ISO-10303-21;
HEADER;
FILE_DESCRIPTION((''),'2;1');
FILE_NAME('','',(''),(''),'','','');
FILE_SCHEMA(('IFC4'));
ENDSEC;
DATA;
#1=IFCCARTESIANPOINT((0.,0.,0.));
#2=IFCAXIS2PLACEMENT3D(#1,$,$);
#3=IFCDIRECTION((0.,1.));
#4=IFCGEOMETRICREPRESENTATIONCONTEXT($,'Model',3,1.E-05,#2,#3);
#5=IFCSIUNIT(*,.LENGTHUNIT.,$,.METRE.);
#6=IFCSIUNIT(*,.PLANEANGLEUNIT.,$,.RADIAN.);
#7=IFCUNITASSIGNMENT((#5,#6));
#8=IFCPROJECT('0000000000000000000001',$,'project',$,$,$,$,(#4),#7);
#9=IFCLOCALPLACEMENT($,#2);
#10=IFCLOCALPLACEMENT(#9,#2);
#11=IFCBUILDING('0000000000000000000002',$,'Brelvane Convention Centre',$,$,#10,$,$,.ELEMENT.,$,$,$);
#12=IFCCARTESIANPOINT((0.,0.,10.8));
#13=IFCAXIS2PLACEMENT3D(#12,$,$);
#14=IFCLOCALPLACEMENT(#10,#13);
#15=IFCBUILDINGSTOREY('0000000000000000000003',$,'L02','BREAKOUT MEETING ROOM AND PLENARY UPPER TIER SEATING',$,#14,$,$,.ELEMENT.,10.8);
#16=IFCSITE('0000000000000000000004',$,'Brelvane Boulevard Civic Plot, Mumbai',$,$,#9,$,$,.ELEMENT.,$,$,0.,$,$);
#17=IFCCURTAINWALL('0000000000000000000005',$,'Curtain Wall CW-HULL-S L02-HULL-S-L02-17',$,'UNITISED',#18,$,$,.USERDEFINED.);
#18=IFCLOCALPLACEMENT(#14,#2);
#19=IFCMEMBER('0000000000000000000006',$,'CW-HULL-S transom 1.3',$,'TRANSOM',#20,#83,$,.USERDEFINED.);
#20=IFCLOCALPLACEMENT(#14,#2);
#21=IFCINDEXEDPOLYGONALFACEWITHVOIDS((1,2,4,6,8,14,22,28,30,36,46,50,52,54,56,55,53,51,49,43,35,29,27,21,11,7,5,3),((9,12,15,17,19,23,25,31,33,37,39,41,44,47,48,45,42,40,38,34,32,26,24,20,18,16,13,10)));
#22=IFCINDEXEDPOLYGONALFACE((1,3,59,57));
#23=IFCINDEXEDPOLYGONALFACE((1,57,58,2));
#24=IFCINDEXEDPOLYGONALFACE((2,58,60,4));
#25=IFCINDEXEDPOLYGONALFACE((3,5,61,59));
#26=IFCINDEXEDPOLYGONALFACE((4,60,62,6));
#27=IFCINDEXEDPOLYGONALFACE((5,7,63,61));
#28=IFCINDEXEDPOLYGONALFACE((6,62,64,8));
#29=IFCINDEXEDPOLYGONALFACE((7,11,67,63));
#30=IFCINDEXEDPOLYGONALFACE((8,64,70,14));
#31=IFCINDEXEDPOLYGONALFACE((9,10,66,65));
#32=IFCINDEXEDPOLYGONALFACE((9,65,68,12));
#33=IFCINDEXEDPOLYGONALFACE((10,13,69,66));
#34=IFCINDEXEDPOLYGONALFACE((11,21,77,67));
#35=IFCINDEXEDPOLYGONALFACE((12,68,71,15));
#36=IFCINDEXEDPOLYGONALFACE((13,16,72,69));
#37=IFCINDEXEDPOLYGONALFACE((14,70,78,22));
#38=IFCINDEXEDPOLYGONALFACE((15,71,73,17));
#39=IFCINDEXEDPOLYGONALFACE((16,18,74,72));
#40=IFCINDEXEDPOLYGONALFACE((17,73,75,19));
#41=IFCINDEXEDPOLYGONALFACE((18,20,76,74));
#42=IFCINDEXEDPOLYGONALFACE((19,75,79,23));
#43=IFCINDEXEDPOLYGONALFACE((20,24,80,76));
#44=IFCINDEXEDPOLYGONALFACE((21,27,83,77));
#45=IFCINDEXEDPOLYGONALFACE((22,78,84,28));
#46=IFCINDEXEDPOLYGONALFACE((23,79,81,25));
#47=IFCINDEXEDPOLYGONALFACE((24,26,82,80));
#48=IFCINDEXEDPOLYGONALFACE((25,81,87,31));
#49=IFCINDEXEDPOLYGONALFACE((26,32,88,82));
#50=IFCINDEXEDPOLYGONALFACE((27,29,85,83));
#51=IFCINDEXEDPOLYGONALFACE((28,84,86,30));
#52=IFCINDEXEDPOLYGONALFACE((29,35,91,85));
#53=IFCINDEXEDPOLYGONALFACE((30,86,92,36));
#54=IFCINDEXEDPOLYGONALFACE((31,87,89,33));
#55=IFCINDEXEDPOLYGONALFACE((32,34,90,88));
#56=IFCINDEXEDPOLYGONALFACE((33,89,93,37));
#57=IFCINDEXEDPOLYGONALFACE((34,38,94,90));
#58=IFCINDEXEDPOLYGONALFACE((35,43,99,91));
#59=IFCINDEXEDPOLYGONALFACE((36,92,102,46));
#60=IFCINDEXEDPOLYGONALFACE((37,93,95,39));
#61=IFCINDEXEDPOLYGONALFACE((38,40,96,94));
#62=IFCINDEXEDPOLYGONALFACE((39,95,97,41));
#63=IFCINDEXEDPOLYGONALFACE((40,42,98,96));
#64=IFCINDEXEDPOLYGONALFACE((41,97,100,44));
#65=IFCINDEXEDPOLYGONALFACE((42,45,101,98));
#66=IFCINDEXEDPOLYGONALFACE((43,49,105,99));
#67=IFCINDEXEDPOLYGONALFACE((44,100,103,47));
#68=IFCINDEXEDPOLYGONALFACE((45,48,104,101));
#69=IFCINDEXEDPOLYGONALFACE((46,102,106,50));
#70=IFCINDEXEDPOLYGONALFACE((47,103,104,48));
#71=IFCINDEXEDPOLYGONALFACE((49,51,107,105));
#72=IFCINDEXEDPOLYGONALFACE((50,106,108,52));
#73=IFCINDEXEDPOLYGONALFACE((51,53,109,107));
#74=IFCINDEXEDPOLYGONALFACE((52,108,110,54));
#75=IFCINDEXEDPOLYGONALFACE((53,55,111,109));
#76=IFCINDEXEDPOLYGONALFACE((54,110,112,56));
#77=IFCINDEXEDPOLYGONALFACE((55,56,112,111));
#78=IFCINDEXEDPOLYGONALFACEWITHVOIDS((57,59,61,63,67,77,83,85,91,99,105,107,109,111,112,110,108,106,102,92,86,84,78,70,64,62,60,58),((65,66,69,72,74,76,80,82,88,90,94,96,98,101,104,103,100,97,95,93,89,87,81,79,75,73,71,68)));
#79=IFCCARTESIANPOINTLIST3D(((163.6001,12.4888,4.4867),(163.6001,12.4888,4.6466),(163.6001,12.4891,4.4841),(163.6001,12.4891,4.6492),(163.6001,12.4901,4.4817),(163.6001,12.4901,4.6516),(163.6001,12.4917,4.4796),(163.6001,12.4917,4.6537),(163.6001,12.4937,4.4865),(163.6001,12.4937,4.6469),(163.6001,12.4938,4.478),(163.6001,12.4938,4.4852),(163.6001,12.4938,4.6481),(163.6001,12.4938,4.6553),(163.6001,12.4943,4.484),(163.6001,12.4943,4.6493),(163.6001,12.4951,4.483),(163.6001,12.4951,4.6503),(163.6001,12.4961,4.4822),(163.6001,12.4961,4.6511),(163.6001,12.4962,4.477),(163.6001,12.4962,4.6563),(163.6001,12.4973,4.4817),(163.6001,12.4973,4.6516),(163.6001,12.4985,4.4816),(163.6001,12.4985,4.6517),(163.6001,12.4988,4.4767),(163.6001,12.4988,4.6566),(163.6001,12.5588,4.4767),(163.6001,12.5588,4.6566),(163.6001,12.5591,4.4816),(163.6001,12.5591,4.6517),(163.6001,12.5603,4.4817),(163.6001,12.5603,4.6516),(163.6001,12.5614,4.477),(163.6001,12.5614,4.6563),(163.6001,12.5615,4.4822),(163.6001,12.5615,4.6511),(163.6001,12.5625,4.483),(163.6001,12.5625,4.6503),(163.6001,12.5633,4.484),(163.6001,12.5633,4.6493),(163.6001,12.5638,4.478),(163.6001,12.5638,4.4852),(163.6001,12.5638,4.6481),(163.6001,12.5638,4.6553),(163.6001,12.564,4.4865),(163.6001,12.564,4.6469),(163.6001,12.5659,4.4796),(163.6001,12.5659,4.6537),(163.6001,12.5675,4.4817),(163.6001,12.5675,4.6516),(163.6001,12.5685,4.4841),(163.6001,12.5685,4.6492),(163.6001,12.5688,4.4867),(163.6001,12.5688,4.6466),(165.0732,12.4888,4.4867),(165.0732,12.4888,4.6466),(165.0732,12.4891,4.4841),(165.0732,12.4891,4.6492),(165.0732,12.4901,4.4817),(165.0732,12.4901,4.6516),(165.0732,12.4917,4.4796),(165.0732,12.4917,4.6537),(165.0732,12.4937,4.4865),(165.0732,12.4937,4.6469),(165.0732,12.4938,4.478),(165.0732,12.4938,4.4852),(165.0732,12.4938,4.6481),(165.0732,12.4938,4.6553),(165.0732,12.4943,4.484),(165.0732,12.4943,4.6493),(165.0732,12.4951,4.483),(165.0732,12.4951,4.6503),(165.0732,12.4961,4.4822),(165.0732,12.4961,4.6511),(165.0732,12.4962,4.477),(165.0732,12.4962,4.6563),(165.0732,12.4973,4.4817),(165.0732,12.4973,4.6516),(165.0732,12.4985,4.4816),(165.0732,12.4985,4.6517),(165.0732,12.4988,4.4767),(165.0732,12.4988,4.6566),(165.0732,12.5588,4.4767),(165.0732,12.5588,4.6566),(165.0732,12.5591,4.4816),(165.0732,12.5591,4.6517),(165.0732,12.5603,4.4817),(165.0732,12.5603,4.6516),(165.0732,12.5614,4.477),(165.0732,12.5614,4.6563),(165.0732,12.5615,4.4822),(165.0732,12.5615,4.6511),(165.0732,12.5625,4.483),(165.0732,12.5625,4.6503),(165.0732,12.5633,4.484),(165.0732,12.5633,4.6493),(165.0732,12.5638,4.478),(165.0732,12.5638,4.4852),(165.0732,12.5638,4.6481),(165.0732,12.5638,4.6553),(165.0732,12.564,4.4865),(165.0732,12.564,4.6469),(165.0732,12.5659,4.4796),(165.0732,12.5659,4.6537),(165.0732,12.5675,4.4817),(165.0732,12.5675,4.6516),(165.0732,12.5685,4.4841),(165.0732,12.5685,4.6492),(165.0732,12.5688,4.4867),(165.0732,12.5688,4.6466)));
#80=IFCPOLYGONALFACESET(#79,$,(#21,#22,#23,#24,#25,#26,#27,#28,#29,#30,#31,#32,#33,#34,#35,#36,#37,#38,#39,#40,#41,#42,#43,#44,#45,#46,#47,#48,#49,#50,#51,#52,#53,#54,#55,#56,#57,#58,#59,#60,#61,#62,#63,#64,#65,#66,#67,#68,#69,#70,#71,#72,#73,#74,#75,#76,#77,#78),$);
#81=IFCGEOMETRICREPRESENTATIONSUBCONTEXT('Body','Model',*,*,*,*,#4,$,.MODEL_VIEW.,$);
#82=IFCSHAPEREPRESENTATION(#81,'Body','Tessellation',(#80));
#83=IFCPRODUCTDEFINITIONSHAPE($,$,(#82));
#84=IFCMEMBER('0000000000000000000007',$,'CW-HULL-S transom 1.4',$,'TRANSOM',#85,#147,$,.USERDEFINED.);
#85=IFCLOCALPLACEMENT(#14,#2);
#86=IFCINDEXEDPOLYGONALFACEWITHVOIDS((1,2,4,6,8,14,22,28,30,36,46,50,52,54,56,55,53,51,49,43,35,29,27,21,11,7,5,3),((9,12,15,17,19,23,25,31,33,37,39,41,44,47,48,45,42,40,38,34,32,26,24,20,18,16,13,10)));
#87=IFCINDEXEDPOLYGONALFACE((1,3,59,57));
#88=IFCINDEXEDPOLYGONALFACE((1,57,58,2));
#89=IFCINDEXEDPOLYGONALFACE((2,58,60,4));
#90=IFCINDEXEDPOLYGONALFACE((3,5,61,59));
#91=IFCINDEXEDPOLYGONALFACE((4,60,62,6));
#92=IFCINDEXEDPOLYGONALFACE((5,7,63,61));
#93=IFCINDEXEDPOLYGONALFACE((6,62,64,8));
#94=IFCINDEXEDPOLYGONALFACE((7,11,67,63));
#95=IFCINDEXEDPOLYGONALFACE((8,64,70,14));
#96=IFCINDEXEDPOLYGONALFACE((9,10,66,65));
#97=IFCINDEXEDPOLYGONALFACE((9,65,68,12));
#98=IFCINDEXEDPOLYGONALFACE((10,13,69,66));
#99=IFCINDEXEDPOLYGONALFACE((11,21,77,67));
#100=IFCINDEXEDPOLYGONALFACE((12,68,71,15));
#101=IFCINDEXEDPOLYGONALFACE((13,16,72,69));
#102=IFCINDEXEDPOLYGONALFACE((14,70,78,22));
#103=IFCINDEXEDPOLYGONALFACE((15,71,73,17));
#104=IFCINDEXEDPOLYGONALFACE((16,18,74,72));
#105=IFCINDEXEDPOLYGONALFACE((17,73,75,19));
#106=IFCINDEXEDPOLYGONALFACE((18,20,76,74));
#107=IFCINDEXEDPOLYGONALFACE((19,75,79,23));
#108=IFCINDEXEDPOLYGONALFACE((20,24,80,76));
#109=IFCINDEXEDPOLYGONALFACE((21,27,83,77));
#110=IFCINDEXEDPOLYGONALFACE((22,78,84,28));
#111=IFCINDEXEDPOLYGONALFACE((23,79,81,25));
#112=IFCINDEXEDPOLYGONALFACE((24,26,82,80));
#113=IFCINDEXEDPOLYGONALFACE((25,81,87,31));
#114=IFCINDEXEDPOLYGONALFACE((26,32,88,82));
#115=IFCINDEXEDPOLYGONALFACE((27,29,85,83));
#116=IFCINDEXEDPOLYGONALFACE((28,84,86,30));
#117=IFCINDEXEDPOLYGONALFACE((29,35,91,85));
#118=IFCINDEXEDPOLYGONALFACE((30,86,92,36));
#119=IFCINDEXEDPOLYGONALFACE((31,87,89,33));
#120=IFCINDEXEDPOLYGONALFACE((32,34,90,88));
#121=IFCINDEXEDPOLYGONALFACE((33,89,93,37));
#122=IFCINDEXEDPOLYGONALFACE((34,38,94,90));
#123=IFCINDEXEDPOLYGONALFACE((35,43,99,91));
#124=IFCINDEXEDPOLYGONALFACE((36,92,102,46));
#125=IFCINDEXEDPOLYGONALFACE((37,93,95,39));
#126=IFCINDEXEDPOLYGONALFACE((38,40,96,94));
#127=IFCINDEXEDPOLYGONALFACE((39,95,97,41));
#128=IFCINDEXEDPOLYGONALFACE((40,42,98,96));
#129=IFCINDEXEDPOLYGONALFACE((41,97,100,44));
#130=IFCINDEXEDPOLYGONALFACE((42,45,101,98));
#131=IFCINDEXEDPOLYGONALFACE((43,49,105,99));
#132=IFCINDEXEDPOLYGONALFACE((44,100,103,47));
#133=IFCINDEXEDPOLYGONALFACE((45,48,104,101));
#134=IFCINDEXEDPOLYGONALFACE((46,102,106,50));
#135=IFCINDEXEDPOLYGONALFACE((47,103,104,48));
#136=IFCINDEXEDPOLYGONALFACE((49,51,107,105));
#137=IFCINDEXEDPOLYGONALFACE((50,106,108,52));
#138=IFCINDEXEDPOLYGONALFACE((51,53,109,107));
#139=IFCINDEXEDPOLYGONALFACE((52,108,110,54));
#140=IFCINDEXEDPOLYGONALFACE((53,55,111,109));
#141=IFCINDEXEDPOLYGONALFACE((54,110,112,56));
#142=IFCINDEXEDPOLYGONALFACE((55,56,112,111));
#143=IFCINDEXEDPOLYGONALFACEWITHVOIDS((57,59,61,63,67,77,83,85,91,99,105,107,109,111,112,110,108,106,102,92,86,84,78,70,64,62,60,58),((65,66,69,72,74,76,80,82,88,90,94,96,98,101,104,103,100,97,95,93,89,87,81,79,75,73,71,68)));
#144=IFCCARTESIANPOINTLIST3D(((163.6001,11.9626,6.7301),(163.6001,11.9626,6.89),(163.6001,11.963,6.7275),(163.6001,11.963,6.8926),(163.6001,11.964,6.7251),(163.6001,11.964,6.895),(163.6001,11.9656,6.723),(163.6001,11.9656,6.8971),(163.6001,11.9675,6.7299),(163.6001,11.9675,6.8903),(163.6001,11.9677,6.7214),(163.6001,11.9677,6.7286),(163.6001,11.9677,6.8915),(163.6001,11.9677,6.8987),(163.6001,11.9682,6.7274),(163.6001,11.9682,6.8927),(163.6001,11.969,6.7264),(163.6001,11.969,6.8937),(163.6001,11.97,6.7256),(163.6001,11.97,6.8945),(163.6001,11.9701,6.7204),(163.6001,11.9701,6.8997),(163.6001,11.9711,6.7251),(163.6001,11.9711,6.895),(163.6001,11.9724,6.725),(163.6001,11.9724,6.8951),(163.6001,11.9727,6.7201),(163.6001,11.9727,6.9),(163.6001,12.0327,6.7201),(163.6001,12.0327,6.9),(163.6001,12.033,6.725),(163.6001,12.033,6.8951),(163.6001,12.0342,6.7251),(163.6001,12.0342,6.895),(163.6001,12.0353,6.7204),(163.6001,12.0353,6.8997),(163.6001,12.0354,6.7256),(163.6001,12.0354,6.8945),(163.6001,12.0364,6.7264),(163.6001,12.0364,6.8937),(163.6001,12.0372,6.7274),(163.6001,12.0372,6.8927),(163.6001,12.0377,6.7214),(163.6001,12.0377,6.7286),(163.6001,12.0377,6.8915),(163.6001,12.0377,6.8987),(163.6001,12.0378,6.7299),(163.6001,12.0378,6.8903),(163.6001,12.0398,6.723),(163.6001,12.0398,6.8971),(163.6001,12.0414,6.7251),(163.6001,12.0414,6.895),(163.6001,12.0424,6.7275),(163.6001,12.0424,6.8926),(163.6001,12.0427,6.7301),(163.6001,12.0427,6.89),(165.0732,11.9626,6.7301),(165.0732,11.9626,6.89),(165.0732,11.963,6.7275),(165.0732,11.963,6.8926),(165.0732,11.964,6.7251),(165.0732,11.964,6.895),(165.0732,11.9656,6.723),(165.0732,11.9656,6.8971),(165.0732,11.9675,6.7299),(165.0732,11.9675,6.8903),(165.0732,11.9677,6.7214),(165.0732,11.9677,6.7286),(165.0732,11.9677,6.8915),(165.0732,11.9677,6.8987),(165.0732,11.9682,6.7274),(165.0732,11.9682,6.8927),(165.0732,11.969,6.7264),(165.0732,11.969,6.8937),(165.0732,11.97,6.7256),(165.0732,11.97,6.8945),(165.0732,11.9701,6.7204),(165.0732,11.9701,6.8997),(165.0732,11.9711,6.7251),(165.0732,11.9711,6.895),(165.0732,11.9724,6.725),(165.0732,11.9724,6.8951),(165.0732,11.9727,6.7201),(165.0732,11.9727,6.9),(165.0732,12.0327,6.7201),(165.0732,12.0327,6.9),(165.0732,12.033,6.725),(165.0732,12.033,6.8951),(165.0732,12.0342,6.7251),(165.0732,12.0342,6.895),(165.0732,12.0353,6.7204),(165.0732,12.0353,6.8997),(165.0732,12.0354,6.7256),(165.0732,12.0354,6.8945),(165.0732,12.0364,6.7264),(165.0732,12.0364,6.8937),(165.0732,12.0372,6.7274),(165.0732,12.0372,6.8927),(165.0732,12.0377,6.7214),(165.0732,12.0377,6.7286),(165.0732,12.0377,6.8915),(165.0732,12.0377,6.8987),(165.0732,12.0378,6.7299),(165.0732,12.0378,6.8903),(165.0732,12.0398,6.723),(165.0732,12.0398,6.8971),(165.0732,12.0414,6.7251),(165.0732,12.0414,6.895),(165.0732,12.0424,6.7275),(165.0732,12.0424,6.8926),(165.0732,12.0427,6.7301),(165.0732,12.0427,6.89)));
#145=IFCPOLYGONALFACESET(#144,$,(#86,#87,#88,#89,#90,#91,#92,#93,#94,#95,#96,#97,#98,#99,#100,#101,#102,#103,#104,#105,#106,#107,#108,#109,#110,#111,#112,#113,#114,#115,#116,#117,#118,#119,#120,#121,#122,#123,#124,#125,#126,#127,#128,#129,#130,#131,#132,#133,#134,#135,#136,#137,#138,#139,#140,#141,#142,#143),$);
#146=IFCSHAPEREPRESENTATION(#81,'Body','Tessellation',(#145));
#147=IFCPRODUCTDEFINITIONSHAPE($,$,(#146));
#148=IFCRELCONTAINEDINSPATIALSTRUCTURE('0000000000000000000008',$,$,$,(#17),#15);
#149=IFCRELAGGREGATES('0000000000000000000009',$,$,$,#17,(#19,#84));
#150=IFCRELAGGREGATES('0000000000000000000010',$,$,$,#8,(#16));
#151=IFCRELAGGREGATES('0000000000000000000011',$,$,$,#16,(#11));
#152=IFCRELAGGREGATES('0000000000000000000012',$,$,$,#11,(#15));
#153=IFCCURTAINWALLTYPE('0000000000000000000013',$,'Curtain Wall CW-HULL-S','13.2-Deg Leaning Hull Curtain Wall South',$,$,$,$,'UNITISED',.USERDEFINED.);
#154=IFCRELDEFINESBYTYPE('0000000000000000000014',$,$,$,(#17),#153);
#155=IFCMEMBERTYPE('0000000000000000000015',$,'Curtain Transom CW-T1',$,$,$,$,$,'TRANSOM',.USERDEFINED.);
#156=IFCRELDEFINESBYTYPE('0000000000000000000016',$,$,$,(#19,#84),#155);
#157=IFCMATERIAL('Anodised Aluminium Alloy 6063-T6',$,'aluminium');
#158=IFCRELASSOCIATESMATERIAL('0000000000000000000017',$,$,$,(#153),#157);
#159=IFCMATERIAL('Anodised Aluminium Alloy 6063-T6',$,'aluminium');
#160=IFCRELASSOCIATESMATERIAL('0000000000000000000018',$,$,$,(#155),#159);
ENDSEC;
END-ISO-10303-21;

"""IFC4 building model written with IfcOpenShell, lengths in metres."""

from ifc_helpers import new_model, si_unit, direction, frame, origin, origin_2d, place, context, subcontext, project, spatial, hollow_rectangle, extrude, material, material_profile, profile_set, type_object, element, aggregate, save


model = new_model("IFC4")

# Units and contexts
model_context = context("Model", 3, precision=1e-05, world=origin(), true_north=direction((0.0, 1.0)))
body_context = subcontext(model_context, "Body", "Model", "MODEL_VIEW")
ifc_project = project(units=[si_unit("LENGTHUNIT", "METRE"), si_unit("PLANEANGLEUNIT", "RADIAN")], contexts=[model_context])

# Site, building, storey
site_placement = place(None, origin())
site = spatial("IfcSite", under=ifc_project, at=site_placement, Name="Brelvane Boulevard Civic Plot, Mumbai", CompositionType="ELEMENT", RefElevation=0.0)
building_placement = place(site_placement, origin())
building = spatial("IfcBuilding", under=site, at=building_placement, Name="Brelvane Convention Centre", CompositionType="ELEMENT")
storey_placement = place(building_placement, frame((0.0, 0.0, 10.8)))
storey = spatial("IfcBuildingStorey", under=building, at=storey_placement, Name="L02", Description="BREAKOUT MEETING ROOM AND PLENARY UPPER TIER SEATING", CompositionType="ELEMENT", Elevation=10.8)

# Curtain wall, members
ifc_material_1 = material(Name="Anodised Aluminium Alloy 6063-T6", Category="aluminium")
curtain_wall_type = type_object("IfcCurtainWallType", Name="Curtain Wall CW-HULL-S", Description="13.2-Deg Leaning Hull Curtain Wall South", ElementType="UNITISED", PredefinedType="USERDEFINED", material=ifc_material_1)
ifc_material_2 = material(Name="Anodised Aluminium Alloy 6063-T6", Category="aluminium")
ifc_material_profile_1 = material_profile(ifc_material_2, hollow_rectangle(XDim=0.0801, YDim=0.1799, WallThickness=0.0049, InnerFilletRadius=0.0049, OuterFilletRadius=0.01, at=origin_2d()), Name="ALU-T 180x80x5.0")
ifc_profile_set_1 = profile_set([ifc_material_profile_1], Name="Anodised Aluminium Alloy 6063-T6")
member_type_1 = type_object("IfcMemberType", Name="Curtain Transom CW-T1", ElementType="TRANSOM", PredefinedType="USERDEFINED", material=ifc_profile_set_1)
curtain_wall_1_placement = place(storey_placement, origin())
curtain_wall_1 = element("IfcCurtainWall", 1, at=curtain_wall_1_placement, inside=storey, type_object=curtain_wall_type, Name="Curtain Wall CW-HULL-S L02-HULL-S-L02-17", ObjectType="UNITISED", PredefinedType="USERDEFINED")
member_1_placement = place(storey_placement, frame((163.6001, 12.5288, 4.5667), z_axis=(1.0, 0.0, 0.0), x_axis=(0.0, 1.0, 0.0)))
member_1 = element("IfcMember", 2, at=member_1_placement, type_object=member_type_1, Name="CW-HULL-S transom 1.3", ObjectType="TRANSOM", PredefinedType="USERDEFINED", context=body_context, shape_type="SweptSolid", body=[
    extrude(hollow_rectangle(XDim=0.0801, YDim=0.1799, WallThickness=0.0049, InnerFilletRadius=0.0049, OuterFilletRadius=0.01, at=origin_2d()), origin(), (0.0, 0.0, 1.0), 1.4731),
])
member_2_placement = place(storey_placement, frame((163.6001, 12.0027, 6.8101), z_axis=(1.0, 0.0, 0.0), x_axis=(0.0, 1.0, 0.0)))
member_2 = element("IfcMember", 3, at=member_2_placement, type_object=member_type_1, Name="CW-HULL-S transom 1.4", ObjectType="TRANSOM", PredefinedType="USERDEFINED", context=body_context, shape_type="SweptSolid", body=[
    extrude(hollow_rectangle(XDim=0.0801, YDim=0.1799, WallThickness=0.0049, InnerFilletRadius=0.0049, OuterFilletRadius=0.01, at=origin_2d()), origin(), (0.0, 0.0, 1.0), 1.4731),
])

aggregate(curtain_wall_1, [member_1, member_2])

save(model, "model.ifc")
